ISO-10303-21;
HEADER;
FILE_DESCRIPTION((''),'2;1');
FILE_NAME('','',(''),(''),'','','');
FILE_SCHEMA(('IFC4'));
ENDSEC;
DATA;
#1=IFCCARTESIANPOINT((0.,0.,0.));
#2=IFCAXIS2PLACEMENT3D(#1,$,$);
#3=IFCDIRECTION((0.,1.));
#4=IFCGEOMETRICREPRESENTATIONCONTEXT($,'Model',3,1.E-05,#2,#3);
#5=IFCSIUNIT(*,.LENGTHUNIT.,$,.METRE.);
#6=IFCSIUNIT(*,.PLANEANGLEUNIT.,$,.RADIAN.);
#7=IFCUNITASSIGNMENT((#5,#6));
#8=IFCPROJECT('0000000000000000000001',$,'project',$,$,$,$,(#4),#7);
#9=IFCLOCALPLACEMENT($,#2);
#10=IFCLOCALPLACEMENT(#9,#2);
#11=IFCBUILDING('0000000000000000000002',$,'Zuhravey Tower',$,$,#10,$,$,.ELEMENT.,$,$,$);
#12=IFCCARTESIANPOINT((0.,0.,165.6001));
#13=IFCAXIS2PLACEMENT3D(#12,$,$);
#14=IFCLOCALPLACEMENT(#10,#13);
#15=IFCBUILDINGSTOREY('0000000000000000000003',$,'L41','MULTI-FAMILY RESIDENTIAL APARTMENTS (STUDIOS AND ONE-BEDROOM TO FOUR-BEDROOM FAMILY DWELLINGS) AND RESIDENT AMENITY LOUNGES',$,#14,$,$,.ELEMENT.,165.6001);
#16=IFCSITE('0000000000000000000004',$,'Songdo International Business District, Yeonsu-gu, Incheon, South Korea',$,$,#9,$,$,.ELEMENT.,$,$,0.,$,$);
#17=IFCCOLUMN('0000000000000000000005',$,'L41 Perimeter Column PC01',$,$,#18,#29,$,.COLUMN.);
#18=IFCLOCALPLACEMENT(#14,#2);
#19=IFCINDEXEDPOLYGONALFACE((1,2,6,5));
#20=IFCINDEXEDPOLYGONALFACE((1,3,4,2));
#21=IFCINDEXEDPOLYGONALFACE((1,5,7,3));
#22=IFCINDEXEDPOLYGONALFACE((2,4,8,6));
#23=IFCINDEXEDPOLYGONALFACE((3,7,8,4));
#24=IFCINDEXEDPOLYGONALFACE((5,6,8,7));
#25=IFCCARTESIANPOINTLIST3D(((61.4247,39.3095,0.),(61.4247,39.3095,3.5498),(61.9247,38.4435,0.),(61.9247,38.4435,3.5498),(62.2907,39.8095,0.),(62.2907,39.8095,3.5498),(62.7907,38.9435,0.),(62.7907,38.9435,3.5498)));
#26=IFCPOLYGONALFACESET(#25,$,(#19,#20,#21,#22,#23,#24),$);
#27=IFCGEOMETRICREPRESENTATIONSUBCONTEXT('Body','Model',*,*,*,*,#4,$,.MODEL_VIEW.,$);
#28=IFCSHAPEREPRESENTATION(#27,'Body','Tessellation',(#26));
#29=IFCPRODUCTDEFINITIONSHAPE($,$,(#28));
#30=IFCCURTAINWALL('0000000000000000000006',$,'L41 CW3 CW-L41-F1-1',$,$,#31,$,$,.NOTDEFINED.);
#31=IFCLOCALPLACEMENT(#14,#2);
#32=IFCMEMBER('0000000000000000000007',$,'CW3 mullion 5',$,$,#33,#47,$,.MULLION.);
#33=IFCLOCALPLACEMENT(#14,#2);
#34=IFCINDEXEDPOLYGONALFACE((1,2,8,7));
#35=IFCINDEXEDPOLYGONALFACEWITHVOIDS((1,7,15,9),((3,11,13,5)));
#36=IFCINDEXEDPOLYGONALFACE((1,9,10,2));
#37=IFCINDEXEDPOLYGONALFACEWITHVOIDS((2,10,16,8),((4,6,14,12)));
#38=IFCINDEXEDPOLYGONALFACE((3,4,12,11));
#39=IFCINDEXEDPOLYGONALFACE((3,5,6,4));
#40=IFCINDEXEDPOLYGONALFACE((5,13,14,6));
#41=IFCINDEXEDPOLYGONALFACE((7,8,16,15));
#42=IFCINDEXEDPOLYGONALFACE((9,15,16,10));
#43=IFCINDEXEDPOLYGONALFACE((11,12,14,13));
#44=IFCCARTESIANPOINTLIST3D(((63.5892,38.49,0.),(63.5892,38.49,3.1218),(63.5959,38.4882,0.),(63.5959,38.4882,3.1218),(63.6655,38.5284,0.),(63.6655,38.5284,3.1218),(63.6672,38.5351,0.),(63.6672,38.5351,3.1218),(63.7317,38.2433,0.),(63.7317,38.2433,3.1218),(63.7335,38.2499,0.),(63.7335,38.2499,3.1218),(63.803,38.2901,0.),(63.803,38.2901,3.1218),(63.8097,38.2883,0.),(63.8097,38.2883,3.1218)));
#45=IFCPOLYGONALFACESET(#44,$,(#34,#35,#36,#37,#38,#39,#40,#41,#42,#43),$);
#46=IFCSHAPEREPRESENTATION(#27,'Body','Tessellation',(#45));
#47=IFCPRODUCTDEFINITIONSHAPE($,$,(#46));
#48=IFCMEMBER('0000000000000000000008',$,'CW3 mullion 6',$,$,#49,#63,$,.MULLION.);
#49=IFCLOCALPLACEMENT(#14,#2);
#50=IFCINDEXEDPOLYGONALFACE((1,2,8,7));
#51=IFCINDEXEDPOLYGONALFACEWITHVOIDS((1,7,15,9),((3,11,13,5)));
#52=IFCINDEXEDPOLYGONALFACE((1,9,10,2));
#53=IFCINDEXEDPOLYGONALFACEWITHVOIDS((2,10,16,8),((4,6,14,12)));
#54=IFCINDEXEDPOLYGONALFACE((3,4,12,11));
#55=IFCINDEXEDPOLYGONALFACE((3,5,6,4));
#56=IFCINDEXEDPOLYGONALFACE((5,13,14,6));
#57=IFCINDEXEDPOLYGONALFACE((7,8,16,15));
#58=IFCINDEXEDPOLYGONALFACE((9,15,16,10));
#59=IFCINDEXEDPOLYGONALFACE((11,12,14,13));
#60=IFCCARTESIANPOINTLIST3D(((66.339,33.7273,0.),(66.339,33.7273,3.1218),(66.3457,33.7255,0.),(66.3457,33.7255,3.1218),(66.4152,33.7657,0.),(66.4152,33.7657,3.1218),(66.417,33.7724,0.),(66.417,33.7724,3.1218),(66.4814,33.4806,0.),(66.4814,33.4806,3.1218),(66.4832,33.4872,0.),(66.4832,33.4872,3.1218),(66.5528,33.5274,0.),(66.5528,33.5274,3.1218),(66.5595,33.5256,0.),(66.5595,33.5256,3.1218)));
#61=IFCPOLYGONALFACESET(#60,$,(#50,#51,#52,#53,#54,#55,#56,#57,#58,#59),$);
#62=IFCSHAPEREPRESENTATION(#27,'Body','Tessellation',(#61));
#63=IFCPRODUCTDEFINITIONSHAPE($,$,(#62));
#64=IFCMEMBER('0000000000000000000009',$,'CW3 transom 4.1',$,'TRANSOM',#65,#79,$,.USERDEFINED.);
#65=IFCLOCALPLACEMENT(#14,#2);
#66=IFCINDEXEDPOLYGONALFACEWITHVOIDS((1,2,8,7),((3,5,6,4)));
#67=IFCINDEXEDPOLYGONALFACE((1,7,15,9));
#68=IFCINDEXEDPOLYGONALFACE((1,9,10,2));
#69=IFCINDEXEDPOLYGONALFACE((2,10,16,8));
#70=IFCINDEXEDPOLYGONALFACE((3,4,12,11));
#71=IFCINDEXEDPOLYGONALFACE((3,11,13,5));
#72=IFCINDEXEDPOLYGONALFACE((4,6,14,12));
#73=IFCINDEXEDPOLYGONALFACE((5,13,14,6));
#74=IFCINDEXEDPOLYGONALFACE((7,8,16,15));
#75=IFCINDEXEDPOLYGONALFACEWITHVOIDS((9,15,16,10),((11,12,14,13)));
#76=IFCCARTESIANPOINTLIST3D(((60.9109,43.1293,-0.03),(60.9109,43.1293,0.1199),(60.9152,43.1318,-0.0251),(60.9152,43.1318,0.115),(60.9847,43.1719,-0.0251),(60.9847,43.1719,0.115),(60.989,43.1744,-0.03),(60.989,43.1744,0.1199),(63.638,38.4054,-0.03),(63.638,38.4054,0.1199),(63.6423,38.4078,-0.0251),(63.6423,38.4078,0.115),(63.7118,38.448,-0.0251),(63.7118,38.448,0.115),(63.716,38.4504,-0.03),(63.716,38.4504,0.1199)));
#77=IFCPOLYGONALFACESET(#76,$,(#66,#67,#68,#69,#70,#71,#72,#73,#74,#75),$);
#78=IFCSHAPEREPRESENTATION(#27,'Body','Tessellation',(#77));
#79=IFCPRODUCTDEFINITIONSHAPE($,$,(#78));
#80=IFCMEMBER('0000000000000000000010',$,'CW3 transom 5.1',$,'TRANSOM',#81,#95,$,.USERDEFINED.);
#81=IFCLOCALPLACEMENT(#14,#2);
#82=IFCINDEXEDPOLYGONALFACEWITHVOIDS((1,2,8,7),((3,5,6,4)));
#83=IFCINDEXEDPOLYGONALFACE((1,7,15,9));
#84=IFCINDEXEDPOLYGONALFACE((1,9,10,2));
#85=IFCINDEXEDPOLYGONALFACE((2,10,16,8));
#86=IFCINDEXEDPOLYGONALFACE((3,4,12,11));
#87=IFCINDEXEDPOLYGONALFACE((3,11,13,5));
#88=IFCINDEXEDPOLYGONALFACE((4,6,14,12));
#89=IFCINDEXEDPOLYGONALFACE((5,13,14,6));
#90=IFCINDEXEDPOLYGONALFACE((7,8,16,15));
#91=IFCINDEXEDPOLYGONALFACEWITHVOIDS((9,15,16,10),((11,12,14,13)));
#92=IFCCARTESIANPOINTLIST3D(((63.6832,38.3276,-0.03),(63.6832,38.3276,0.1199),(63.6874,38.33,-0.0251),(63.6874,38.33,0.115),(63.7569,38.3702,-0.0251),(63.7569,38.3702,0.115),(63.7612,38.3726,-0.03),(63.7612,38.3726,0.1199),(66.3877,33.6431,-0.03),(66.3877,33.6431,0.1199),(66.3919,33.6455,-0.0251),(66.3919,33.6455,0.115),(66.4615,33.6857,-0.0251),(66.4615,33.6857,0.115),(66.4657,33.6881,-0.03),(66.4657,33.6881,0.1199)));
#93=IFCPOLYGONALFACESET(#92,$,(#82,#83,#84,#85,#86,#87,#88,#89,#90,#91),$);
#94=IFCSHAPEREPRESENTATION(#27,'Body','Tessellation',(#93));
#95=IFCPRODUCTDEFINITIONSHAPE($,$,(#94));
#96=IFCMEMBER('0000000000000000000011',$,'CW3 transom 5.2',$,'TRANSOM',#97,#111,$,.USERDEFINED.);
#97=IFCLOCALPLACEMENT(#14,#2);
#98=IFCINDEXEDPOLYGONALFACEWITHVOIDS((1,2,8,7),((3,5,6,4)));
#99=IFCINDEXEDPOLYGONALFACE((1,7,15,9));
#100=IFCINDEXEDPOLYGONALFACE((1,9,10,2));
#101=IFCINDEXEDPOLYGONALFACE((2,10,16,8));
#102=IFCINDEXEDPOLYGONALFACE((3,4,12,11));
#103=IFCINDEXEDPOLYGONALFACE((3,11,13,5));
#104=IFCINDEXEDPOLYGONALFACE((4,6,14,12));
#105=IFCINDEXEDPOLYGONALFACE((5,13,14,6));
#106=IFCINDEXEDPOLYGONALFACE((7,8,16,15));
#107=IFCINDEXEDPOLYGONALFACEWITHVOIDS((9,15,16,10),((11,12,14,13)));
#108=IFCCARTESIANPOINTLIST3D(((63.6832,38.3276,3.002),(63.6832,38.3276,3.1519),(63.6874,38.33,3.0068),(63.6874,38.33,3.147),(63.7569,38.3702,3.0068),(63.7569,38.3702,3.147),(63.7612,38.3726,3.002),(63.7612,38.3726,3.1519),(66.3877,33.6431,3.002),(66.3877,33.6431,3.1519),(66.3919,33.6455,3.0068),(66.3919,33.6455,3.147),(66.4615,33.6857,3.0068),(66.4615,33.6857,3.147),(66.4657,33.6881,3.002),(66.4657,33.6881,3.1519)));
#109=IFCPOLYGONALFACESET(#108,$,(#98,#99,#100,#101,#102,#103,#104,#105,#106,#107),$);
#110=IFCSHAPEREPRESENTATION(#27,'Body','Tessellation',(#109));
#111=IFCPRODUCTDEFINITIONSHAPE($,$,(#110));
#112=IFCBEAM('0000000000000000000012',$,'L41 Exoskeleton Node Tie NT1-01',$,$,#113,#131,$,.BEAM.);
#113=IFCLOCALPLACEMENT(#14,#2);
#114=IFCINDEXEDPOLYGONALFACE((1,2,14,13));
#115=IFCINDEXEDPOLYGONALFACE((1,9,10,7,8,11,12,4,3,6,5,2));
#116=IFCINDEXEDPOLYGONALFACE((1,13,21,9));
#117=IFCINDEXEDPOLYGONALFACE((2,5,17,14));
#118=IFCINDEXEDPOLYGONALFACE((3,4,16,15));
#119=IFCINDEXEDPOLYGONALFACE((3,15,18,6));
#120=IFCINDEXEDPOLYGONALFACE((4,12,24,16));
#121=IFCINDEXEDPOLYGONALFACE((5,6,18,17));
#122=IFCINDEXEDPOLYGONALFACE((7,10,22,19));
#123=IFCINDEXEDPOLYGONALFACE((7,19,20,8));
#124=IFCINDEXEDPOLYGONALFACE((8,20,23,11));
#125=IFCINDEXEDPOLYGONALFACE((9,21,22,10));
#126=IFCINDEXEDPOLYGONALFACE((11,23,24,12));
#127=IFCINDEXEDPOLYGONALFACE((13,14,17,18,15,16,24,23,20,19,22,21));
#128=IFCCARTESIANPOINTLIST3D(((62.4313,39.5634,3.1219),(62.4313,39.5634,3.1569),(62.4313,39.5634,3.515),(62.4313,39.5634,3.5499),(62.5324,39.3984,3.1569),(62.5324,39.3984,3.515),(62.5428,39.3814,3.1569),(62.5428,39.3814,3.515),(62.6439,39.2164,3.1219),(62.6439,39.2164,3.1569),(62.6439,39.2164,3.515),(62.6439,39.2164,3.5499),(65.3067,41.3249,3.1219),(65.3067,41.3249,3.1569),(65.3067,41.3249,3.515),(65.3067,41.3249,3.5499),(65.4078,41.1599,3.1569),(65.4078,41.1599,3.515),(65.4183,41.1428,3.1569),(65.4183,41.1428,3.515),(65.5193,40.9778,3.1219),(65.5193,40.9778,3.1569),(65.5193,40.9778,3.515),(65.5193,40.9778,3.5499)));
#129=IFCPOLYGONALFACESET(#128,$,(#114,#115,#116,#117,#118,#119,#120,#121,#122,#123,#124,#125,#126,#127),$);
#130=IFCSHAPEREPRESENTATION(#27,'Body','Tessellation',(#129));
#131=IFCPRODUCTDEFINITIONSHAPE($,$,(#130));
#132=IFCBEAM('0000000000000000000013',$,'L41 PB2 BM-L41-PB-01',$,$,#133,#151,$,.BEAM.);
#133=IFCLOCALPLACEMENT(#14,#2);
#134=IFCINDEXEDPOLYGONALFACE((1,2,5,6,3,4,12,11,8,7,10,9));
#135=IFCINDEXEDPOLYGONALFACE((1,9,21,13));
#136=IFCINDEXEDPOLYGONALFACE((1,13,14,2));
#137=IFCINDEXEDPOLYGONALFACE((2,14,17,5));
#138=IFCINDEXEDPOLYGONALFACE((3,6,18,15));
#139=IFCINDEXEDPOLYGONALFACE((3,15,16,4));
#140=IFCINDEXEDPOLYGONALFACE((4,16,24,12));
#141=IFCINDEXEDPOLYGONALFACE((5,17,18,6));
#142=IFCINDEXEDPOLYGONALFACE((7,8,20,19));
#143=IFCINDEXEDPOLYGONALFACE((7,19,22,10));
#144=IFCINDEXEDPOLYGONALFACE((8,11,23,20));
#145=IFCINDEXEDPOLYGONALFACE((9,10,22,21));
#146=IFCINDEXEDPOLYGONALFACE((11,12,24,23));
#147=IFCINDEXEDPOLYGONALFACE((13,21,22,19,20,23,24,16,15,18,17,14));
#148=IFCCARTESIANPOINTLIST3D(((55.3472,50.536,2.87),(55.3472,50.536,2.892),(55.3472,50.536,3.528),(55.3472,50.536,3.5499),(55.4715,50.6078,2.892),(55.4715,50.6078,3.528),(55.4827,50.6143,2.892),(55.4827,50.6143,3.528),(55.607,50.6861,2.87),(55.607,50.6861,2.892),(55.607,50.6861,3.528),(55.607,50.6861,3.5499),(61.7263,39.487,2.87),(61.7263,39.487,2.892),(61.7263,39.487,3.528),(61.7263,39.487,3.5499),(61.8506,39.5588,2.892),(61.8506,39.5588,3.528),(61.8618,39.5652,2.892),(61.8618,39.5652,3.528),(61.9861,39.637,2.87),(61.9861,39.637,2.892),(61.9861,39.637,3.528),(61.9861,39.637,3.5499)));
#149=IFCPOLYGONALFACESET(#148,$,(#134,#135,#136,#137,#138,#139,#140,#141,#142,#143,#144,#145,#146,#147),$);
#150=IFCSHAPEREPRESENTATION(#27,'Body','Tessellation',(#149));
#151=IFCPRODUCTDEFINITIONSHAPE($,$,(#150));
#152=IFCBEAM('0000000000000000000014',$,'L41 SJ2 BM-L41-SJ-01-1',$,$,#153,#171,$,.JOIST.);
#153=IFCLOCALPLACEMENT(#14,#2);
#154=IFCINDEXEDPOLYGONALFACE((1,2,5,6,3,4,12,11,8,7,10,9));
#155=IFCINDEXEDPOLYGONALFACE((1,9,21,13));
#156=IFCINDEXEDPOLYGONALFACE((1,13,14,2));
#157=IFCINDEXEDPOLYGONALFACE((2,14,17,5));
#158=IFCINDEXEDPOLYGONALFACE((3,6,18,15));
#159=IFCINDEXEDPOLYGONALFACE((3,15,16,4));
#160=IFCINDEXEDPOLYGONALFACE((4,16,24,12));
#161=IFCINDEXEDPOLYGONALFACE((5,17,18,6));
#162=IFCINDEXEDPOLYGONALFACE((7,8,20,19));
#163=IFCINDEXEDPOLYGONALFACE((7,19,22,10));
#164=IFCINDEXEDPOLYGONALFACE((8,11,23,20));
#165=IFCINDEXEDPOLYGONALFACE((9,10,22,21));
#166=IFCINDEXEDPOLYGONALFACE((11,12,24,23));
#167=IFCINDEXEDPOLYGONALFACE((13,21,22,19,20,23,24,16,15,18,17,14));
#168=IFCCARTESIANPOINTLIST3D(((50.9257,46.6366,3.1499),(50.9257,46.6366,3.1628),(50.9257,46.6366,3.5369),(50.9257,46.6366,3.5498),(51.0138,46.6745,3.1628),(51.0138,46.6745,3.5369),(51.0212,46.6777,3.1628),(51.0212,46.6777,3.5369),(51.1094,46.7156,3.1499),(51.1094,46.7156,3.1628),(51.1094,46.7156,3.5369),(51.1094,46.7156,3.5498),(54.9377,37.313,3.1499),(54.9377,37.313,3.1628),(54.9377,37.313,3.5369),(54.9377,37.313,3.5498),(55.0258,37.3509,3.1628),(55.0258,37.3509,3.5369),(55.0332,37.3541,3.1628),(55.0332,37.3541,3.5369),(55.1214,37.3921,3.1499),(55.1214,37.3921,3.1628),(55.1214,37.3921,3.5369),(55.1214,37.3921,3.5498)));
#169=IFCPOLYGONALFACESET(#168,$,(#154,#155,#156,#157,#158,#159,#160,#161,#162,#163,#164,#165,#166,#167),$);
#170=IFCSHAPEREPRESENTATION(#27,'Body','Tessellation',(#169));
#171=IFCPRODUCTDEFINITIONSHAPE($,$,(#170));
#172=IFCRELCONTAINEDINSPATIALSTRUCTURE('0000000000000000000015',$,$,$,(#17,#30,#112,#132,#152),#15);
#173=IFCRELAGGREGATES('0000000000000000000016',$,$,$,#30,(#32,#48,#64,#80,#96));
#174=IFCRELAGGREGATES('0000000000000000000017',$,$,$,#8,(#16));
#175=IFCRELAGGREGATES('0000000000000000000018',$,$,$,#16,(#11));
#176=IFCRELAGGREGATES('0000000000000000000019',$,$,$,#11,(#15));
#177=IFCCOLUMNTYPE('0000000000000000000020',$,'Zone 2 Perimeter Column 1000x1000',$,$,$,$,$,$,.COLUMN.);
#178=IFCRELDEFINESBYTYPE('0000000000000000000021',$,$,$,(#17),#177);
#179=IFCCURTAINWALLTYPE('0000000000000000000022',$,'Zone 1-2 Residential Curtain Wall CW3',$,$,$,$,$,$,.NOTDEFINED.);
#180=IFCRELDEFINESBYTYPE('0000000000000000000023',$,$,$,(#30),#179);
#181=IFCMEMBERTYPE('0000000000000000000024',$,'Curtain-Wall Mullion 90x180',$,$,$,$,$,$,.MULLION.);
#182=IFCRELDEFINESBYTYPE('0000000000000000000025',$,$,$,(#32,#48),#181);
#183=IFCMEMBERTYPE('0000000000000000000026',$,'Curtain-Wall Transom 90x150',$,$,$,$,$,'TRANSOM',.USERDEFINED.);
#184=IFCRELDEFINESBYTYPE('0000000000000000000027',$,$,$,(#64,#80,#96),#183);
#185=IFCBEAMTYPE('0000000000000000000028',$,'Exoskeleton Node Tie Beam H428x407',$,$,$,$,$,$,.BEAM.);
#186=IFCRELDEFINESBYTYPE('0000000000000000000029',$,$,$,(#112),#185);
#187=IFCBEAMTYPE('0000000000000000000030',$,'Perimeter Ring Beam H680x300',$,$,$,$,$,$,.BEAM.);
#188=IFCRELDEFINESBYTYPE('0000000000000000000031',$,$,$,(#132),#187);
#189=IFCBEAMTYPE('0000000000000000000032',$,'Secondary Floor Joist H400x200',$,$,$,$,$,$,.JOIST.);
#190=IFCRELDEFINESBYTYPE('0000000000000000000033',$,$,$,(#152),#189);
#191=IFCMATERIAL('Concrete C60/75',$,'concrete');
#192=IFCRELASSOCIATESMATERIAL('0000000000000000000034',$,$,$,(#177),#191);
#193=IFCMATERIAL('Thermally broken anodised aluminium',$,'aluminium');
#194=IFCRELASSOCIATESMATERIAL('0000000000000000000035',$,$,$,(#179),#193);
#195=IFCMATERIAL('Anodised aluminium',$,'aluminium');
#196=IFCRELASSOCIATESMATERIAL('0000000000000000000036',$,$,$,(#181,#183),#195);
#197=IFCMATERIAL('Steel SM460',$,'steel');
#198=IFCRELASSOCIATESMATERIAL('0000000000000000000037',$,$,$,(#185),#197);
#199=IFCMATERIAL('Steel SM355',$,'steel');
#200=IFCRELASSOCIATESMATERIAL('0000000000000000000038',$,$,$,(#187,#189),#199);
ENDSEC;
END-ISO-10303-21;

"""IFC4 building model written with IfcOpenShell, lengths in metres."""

from ifc_helpers import new_model, si_unit, direction, frame, origin, origin_2d, place, context, subcontext, project, spatial, rectangle, hollow_rectangle, i_section, extrude, material, material_profile, profile_set, type_object, element, aggregate, save


model = new_model("IFC4")

# Units and contexts
model_context = context("Model", 3, precision=1e-05, world=origin(), true_north=direction((0.0, 1.0)))
body_context = subcontext(model_context, "Body", "Model", "MODEL_VIEW")
ifc_project = project(units=[si_unit("LENGTHUNIT", "METRE"), si_unit("PLANEANGLEUNIT", "RADIAN")], contexts=[model_context])

# Site, building, storey
site_placement = place(None, origin())
site = spatial("IfcSite", under=ifc_project, at=site_placement, Name="Songdo International Business District, Yeonsu-gu, Incheon, South Korea", CompositionType="ELEMENT", RefElevation=0.0)
building_placement = place(site_placement, origin())
building = spatial("IfcBuilding", under=site, at=building_placement, Name="Zuhravey Tower", CompositionType="ELEMENT")
storey_placement = place(building_placement, frame((0.0, 0.0, 165.6001)))
storey = spatial("IfcBuildingStorey", under=building, at=storey_placement, Name="L41", Description="MULTI-FAMILY RESIDENTIAL APARTMENTS (STUDIOS AND ONE-BEDROOM TO FOUR-BEDROOM FAMILY DWELLINGS) AND RESIDENT AMENITY LOUNGES", CompositionType="ELEMENT", Elevation=165.6001)

# Column
ifc_material_1 = material(Name="Concrete C60/75", Category="concrete")
ifc_material_profile_1 = material_profile(ifc_material_1, rectangle(XDim=1.0, YDim=1.0, at=origin_2d()), Name="RC-1000x1000")
ifc_profile_set_1 = profile_set([ifc_material_profile_1], Name="Concrete C60/75")
column_type = type_object("IfcColumnType", Name="Zone 2 Perimeter Column 1000x1000", PredefinedType="COLUMN", material=ifc_profile_set_1)
column_placement = place(storey_placement, frame((62.1077, 39.1265, 0.0), z_axis=(0.0, 0.0, 1.0), x_axis=(-0.5, 0.866025, 0.0)))
element("IfcColumn", 1, at=column_placement, inside=storey, type_object=column_type, Name="L41 Perimeter Column PC01", PredefinedType="COLUMN", context=body_context, shape_type="SweptSolid", body=[
    extrude(rectangle(XDim=1.0, YDim=1.0, at=origin_2d()), origin(), (0.0, 0.0, 1.0), 3.5498),
])

# Curtain wall, members
ifc_material_2 = material(Name="Thermally broken anodised aluminium", Category="aluminium")
curtain_wall_type = type_object("IfcCurtainWallType", Name="Zone 1-2 Residential Curtain Wall CW3", PredefinedType="NOTDEFINED", material=ifc_material_2)
curtain_wall_placement = place(storey_placement, origin())
curtain_wall = element("IfcCurtainWall", 2, at=curtain_wall_placement, inside=storey, type_object=curtain_wall_type, Name="L41 CW3 CW-L41-F1-1", PredefinedType="NOTDEFINED")
ifc_material_3 = material(Name="Anodised aluminium", Category="aluminium")
ifc_material_profile_2 = material_profile(ifc_material_3, hollow_rectangle(XDim=0.0901, YDim=0.2849, WallThickness=0.0049, at=origin_2d()), Name="ALU-RHS-90x285x5")
ifc_profile_set_2 = profile_set([ifc_material_profile_2], Name="Anodised aluminium")
member_type_1 = type_object("IfcMemberType", Name="Curtain-Wall Mullion 90x180", PredefinedType="MULLION", material=ifc_profile_set_2)
member_1_placement = place(storey_placement, frame((63.6995, 38.3892, 0.0), z_axis=(0.0, 0.0, 1.0), x_axis=(0.866025, 0.5, 0.0)))
member_1 = element("IfcMember", 3, at=member_1_placement, type_object=member_type_1, Name="CW3 mullion 5", PredefinedType="MULLION", context=body_context, shape_type="SweptSolid", body=[
    extrude(hollow_rectangle(XDim=0.0901, YDim=0.2849, WallThickness=0.0049, at=origin_2d()), origin(), (0.0, 0.0, 1.0), 3.1218),
])
member_2_placement = place(storey_placement, frame((66.4492, 33.6265, 0.0), z_axis=(0.0, 0.0, 1.0), x_axis=(0.866025, 0.5, 0.0)))
member_2 = element("IfcMember", 4, at=member_2_placement, type_object=member_type_1, Name="CW3 mullion 6", PredefinedType="MULLION", context=body_context, shape_type="SweptSolid", body=[
    extrude(hollow_rectangle(XDim=0.0901, YDim=0.2849, WallThickness=0.0049, at=origin_2d()), origin(), (0.0, 0.0, 1.0), 3.1218),
])
ifc_material_profile_3 = material_profile(ifc_material_3, hollow_rectangle(XDim=0.0901, YDim=0.1499, WallThickness=0.0049, at=origin_2d()), Name="ALU-RHS-90x150x5")
ifc_profile_set_3 = profile_set([ifc_material_profile_3], Name="Anodised aluminium")
member_type_2 = type_object("IfcMemberType", Name="Curtain-Wall Transom 90x150", ElementType="TRANSOM", PredefinedType="USERDEFINED", material=ifc_profile_set_3)
member_3_placement = place(storey_placement, frame((60.95, 43.1519, 0.0449), z_axis=(0.499961, -0.866048, 0.0), x_axis=(0.866048, 0.499961, 0.0)))
member_3 = element("IfcMember", 5, at=member_3_placement, type_object=member_type_2, Name="CW3 transom 4.1", ObjectType="TRANSOM", PredefinedType="USERDEFINED", context=body_context, shape_type="SweptSolid", body=[
    extrude(hollow_rectangle(XDim=0.0901, YDim=0.1499, WallThickness=0.0049, at=origin_2d()), origin(), (0.0, 0.0, 1.0), 5.4546),
])
member_4_placement = place(storey_placement, frame((63.7222, 38.3501, 0.0449), z_axis=(0.499993, -0.866029, 0.0), x_axis=(0.866029, 0.499993, 0.0)))
member_4 = element("IfcMember", 6, at=member_4_placement, type_object=member_type_2, Name="CW3 transom 5.1", ObjectType="TRANSOM", PredefinedType="USERDEFINED", context=body_context, shape_type="SweptSolid", body=[
    extrude(hollow_rectangle(XDim=0.0901, YDim=0.1499, WallThickness=0.0049, at=origin_2d()), origin(), (0.0, 0.0, 1.0), 5.4092),
])
member_5_placement = place(storey_placement, frame((63.7222, 38.3501, 3.0769), z_axis=(0.499993, -0.866029, 0.0), x_axis=(0.866029, 0.499993, 0.0)))
member_5 = element("IfcMember", 7, at=member_5_placement, type_object=member_type_2, Name="CW3 transom 5.2", ObjectType="TRANSOM", PredefinedType="USERDEFINED", context=body_context, shape_type="SweptSolid", body=[
    extrude(hollow_rectangle(XDim=0.0901, YDim=0.1499, WallThickness=0.0049, at=origin_2d()), origin(), (0.0, 0.0, 1.0), 5.4092),
])

# Beams
ifc_material_4 = material(Name="Steel SM460", Category="steel")
ifc_material_profile_4 = material_profile(ifc_material_4, i_section(OverallWidth=0.407, OverallDepth=0.428, WebThickness=0.02, FlangeThickness=0.0349, at=origin_2d()), Name="H-428x407x20x35")
ifc_profile_set_4 = profile_set([ifc_material_profile_4], Name="Steel SM460")
beam_type_1 = type_object("IfcBeamType", Name="Exoskeleton Node Tie Beam H428x407", PredefinedType="BEAM", material=ifc_profile_set_4)
beam_1_placement = place(storey_placement, frame((62.5376, 39.3899, 3.3359), z_axis=(0.852723, 0.522363, 0.0), x_axis=(-0.522363, 0.852723, 0.0)))
element("IfcBeam", 8, at=beam_1_placement, inside=storey, type_object=beam_type_1, Name="L41 Exoskeleton Node Tie NT1-01", PredefinedType="BEAM", context=body_context, shape_type="SweptSolid", body=[
    extrude(i_section(OverallWidth=0.407, OverallDepth=0.428, WebThickness=0.02, FlangeThickness=0.0349, at=origin_2d()), origin(), (0.0, 0.0, 1.0), 3.3721),
])
ifc_material_5 = material(Name="Steel SM355", Category="steel")
ifc_material_profile_5 = material_profile(ifc_material_5, i_section(OverallWidth=0.3, OverallDepth=0.6799, WebThickness=0.0129, FlangeThickness=0.022, at=origin_2d()), Name="H-680x300x13x22")
ifc_profile_set_5 = profile_set([ifc_material_profile_5], Name="Steel SM355")
beam_type_2 = type_object("IfcBeamType", Name="Perimeter Ring Beam H680x300", PredefinedType="BEAM", material=ifc_profile_set_5)
beam_2_placement = place(storey_placement, frame((61.8562, 39.562, 3.21), z_axis=(-0.499998, 0.866027, 0.0), x_axis=(-0.866027, -0.499998, 0.0)))
element("IfcBeam", 9, at=beam_2_placement, inside=storey, type_object=beam_type_2, Name="L41 PB2 BM-L41-PB-01", PredefinedType="BEAM", context=body_context, shape_type="SweptSolid", body=[
    extrude(i_section(OverallWidth=0.3, OverallDepth=0.6799, WebThickness=0.0129, FlangeThickness=0.022, at=origin_2d()), origin(), (0.0, 0.0, 1.0), 12.7583),
])
ifc_material_profile_6 = material_profile(ifc_material_5, i_section(OverallWidth=0.2, OverallDepth=0.3999, WebThickness=0.0081, FlangeThickness=0.0129, at=origin_2d()), Name="H-400x200x8x13")
ifc_profile_set_6 = profile_set([ifc_material_profile_6], Name="Steel SM355")
beam_type_3 = type_object("IfcBeamType", Name="Secondary Floor Joist H400x200", PredefinedType="JOIST", material=ifc_profile_set_6)
beam_3_placement = place(storey_placement, frame((55.0295, 37.3525, 3.3499), z_axis=(-0.395266, 0.918567, 0.0), x_axis=(-0.918567, -0.395266, 0.0)))
element("IfcBeam", 10, at=beam_3_placement, inside=storey, type_object=beam_type_3, Name="L41 SJ2 BM-L41-SJ-01-1", PredefinedType="JOIST", context=body_context, shape_type="SweptSolid", body=[
    extrude(i_section(OverallWidth=0.2, OverallDepth=0.3999, WebThickness=0.0081, FlangeThickness=0.0129, at=origin_2d()), origin(), (0.0, 0.0, 1.0), 10.1501),
])

aggregate(curtain_wall, [member_1, member_2, member_3, member_4, member_5])

save(model, "model.ifc")
